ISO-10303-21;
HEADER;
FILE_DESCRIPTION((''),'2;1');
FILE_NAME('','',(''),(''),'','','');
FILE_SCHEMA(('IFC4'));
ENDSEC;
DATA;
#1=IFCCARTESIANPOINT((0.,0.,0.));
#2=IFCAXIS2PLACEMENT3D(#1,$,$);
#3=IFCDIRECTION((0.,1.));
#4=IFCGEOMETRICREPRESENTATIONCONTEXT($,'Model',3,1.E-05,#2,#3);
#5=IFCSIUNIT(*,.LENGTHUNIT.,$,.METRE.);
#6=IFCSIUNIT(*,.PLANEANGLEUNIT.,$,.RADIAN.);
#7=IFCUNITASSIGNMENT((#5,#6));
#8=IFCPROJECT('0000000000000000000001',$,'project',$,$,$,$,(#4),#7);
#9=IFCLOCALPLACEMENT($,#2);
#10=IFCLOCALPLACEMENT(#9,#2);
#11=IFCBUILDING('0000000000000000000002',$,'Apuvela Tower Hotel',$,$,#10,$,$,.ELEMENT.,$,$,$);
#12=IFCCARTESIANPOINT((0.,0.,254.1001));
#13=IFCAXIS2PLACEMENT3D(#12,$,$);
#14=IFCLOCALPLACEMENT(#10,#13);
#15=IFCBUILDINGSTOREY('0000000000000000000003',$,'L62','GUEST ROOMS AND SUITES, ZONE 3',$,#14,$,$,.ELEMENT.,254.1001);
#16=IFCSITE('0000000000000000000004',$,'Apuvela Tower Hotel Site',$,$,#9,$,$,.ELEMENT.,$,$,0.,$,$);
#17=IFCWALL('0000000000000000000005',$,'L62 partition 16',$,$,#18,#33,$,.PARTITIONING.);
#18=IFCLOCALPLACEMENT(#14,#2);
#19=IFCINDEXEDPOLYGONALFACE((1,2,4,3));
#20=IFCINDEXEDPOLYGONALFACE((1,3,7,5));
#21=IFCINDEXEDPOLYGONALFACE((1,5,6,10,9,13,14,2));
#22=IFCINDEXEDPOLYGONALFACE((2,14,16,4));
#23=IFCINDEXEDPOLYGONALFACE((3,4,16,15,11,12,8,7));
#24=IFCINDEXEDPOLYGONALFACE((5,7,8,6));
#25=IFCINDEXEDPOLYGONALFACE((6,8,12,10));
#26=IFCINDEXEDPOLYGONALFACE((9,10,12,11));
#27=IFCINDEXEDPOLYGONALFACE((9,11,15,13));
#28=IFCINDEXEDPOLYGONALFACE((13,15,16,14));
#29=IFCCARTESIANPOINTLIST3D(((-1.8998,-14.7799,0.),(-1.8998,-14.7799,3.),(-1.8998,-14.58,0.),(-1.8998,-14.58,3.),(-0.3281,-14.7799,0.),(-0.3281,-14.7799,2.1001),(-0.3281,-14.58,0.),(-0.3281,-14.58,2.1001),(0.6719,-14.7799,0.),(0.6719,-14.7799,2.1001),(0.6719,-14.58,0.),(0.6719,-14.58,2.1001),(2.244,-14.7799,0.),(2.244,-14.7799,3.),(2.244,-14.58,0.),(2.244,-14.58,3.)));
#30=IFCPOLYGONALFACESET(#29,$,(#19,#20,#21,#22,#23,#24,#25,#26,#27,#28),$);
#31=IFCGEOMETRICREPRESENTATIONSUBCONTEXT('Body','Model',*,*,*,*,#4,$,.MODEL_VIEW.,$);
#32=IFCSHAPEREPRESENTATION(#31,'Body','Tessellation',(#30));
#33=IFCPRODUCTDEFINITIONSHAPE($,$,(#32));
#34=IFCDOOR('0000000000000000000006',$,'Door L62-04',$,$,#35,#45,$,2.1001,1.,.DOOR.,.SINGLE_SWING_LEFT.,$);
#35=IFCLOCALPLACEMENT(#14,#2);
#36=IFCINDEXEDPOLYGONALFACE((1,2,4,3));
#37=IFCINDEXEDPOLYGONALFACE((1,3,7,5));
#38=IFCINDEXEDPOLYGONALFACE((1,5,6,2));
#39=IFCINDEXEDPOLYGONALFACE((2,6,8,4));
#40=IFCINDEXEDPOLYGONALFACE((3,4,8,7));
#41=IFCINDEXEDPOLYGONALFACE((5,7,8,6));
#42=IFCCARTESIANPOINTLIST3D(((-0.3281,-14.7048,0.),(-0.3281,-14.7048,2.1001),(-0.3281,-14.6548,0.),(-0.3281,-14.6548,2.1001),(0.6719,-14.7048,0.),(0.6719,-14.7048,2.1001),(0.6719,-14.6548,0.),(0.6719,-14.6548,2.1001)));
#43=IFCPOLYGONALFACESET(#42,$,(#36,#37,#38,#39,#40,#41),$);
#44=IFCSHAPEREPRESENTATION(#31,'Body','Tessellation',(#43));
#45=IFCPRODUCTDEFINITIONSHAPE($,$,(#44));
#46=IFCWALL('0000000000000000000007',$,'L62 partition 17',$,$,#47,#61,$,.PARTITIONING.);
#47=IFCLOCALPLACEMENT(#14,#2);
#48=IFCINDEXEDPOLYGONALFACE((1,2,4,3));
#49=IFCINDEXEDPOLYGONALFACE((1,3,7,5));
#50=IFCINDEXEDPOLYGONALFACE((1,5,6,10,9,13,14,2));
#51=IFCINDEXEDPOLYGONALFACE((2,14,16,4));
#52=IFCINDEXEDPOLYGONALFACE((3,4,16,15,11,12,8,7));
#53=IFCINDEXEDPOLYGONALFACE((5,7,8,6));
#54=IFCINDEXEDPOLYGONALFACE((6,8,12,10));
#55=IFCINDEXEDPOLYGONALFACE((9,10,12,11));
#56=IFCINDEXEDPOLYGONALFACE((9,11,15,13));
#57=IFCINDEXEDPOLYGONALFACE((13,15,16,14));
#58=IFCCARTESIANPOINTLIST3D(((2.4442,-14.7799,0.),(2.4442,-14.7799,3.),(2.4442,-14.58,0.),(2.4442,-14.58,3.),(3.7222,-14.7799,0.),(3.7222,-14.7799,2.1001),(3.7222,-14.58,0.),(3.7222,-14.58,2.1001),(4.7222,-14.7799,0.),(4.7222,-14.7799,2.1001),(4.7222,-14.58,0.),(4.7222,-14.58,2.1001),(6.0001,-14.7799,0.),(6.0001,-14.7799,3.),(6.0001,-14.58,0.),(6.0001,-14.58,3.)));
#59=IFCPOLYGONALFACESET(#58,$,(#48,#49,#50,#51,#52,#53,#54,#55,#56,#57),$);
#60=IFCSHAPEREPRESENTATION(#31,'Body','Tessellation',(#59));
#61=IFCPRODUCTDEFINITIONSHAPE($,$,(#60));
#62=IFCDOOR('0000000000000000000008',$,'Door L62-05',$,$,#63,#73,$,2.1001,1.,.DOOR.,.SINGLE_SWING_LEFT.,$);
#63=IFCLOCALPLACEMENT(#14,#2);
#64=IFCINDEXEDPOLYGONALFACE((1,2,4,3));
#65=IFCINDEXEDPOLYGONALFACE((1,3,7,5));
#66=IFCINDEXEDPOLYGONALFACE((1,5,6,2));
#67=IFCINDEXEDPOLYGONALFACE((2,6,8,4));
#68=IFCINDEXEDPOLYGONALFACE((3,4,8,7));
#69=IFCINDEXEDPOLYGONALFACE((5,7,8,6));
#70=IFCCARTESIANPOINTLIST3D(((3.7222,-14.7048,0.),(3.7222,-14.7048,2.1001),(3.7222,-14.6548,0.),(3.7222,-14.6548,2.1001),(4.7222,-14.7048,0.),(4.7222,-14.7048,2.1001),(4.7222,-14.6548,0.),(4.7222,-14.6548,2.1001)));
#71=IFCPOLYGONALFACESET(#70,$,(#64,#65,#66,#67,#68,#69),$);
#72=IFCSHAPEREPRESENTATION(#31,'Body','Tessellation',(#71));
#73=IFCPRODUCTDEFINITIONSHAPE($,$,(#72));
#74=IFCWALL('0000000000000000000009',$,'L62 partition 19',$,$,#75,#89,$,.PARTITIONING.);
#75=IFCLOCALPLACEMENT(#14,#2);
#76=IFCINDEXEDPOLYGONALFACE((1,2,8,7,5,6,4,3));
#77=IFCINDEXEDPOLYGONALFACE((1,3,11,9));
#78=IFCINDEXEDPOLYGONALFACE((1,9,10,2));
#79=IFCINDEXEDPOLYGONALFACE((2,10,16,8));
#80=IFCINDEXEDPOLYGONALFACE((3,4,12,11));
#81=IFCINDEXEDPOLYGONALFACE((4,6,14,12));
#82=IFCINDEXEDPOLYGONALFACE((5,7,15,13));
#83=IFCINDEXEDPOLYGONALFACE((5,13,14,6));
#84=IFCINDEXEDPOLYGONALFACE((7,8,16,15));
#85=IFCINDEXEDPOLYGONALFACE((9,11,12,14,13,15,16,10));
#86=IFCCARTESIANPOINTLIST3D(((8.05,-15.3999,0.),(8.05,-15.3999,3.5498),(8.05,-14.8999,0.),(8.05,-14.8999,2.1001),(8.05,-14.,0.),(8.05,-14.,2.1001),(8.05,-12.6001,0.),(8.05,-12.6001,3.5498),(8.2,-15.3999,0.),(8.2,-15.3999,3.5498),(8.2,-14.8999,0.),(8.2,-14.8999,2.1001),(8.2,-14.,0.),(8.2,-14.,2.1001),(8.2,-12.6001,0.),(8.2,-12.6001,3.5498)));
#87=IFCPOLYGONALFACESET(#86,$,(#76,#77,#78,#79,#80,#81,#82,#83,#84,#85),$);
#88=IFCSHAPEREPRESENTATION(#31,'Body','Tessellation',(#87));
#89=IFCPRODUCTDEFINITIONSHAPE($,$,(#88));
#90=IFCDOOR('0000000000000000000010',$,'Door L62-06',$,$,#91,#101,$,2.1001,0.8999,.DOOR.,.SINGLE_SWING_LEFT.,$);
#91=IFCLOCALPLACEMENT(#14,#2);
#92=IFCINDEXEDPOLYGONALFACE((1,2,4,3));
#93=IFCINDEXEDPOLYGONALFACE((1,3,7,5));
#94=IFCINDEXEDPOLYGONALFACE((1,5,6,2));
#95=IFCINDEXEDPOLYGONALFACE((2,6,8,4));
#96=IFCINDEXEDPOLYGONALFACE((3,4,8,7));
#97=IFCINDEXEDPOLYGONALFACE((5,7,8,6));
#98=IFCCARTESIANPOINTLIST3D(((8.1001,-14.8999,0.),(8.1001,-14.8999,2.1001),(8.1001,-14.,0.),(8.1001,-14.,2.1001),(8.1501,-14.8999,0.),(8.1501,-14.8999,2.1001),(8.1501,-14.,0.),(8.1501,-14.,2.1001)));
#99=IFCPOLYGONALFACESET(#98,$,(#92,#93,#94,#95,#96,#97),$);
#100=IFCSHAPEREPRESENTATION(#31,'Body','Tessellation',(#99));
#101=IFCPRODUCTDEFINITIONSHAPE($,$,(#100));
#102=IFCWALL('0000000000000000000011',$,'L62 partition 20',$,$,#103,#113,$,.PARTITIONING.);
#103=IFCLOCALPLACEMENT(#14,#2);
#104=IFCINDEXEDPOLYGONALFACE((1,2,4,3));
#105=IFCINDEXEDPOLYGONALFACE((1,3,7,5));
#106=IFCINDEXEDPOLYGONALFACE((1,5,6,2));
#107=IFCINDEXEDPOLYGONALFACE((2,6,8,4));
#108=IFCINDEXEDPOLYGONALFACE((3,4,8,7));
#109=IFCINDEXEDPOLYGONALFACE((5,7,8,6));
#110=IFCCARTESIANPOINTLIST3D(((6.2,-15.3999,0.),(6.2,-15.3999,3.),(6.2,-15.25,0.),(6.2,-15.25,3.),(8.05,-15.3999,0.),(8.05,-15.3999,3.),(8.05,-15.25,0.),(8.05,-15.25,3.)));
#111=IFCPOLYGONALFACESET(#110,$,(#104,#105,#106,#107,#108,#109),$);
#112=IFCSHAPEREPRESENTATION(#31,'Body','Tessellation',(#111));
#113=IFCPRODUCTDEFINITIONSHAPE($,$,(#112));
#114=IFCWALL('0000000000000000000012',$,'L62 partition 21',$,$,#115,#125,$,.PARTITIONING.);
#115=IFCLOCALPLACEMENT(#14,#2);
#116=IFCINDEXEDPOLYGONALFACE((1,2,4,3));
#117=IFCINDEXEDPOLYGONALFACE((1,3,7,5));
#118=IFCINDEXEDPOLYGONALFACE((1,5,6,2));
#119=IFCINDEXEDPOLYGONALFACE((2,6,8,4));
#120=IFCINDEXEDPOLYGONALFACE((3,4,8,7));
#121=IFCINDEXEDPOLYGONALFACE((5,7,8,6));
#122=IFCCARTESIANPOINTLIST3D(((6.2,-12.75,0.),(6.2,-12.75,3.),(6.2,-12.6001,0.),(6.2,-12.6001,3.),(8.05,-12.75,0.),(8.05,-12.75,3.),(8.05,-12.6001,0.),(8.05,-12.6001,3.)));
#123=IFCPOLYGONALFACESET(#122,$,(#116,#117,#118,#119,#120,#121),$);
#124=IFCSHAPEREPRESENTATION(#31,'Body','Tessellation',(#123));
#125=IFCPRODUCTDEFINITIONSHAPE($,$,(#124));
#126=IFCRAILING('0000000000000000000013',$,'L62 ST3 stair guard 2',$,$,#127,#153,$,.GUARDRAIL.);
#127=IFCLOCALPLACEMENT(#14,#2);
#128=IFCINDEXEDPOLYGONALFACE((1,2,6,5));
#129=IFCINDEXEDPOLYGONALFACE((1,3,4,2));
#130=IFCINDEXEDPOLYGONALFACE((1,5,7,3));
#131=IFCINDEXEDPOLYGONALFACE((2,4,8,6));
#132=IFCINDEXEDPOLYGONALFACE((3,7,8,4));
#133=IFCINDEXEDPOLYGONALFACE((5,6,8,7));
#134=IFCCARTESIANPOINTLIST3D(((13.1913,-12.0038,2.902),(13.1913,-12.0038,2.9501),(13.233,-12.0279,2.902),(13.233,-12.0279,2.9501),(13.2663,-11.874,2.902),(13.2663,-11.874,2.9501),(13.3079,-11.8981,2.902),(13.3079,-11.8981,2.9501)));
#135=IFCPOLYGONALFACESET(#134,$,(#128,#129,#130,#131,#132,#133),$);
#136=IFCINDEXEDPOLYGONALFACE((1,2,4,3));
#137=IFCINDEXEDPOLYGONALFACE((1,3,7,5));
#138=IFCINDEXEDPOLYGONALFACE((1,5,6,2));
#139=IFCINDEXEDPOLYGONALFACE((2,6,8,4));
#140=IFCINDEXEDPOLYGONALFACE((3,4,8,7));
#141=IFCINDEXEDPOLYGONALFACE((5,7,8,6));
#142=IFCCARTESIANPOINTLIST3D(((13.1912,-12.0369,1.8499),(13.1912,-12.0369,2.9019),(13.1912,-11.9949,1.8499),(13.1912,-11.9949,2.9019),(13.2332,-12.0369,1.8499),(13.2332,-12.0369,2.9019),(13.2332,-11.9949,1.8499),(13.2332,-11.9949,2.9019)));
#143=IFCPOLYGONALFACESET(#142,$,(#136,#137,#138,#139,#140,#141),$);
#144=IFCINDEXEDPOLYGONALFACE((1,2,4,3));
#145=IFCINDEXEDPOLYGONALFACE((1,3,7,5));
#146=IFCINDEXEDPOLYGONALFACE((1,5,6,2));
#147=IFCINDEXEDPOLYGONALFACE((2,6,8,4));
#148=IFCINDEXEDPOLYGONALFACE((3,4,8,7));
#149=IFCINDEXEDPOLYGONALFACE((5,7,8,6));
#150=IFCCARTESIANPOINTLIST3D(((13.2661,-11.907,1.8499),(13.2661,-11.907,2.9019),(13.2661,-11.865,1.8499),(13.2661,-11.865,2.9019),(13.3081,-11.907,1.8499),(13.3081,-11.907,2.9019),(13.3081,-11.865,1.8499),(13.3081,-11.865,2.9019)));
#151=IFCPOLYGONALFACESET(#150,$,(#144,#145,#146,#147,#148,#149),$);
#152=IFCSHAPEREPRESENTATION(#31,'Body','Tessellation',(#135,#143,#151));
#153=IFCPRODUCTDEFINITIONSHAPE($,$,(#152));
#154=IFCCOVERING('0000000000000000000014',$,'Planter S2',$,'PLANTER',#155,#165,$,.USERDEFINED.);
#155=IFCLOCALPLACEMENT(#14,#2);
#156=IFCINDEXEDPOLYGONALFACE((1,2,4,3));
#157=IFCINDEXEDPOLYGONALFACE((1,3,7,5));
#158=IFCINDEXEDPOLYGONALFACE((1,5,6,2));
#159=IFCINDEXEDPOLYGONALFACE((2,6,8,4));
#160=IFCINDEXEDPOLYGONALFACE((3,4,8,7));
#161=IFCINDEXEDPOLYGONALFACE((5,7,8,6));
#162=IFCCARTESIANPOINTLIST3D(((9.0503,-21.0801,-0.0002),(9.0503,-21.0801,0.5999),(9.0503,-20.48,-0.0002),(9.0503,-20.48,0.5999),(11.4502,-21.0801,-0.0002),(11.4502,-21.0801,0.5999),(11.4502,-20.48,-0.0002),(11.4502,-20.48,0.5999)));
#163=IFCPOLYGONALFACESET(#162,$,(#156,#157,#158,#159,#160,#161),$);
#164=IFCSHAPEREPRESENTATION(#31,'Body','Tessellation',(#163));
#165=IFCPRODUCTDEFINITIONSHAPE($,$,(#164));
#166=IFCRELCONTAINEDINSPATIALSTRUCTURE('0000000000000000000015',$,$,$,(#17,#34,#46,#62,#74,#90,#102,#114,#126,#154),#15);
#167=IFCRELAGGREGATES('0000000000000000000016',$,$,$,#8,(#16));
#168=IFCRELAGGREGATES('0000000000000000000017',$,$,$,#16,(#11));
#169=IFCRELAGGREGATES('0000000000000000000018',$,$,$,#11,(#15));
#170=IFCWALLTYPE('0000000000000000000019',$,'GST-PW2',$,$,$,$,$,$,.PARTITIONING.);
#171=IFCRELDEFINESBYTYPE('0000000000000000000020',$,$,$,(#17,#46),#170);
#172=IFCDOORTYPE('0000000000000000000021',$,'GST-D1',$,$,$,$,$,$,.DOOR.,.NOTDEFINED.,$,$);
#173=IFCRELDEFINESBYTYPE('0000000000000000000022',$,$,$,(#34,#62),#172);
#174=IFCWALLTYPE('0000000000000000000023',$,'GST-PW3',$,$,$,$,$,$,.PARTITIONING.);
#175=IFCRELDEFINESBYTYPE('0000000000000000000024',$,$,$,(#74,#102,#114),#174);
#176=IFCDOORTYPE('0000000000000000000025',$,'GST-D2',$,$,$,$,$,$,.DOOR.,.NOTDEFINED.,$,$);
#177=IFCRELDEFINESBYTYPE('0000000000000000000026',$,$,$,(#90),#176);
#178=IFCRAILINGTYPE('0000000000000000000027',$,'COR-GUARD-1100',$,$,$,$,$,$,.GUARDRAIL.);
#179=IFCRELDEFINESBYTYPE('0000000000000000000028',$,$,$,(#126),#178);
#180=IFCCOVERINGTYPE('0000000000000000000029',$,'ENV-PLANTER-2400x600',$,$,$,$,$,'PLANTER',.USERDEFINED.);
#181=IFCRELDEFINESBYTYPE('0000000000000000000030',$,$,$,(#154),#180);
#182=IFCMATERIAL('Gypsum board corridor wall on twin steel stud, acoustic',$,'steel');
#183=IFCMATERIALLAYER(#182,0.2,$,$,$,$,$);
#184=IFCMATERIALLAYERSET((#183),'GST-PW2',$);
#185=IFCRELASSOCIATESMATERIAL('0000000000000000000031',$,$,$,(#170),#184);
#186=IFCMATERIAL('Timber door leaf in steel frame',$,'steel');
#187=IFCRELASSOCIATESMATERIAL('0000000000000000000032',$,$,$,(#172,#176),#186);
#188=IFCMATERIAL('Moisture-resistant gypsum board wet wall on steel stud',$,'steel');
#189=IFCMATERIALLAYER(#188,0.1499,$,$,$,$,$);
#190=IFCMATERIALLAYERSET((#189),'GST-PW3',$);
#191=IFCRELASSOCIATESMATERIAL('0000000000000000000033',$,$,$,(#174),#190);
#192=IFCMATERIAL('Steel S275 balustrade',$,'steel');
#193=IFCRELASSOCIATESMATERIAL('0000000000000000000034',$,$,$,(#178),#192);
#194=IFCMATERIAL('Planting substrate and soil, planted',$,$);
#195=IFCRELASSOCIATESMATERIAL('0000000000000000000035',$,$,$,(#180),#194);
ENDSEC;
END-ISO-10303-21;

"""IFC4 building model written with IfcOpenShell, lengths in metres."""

from ifc_helpers import new_model, si_unit, direction, frame, frame_2d, origin, origin_2d, place, context, subcontext, project, spatial, rectangle, extrude, material, layer, layer_set, type_object, element, fill, save


model = new_model("IFC4")

# Units and contexts
model_context = context("Model", 3, precision=1e-05, world=origin(), true_north=direction((0.0, 1.0)))
body_context = subcontext(model_context, "Body", "Model", "MODEL_VIEW")
ifc_project = project(units=[si_unit("LENGTHUNIT", "METRE"), si_unit("PLANEANGLEUNIT", "RADIAN")], contexts=[model_context])

# Site, building, storey
site_placement = place(None, origin())
site = spatial("IfcSite", under=ifc_project, at=site_placement, Name="Apuvela Tower Hotel Site", CompositionType="ELEMENT", RefElevation=0.0)
building_placement = place(site_placement, origin())
building = spatial("IfcBuilding", under=site, at=building_placement, Name="Apuvela Tower Hotel", CompositionType="ELEMENT")
storey_placement = place(building_placement, frame((0.0, 0.0, 254.1001)))
storey = spatial("IfcBuildingStorey", under=building, at=storey_placement, Name="L62", Description="GUEST ROOMS AND SUITES, ZONE 3", CompositionType="ELEMENT", Elevation=254.1001)

# Walls, openings, doors
ifc_material_1 = material(Name="Gypsum board corridor wall on twin steel stud, acoustic", Category="steel")
ifc_layer_1 = layer(ifc_material_1, 0.2)
ifc_layer_set_1 = layer_set([ifc_layer_1], Name="GST-PW2")
wall_type_1 = type_object("IfcWallType", Name="GST-PW2", PredefinedType="PARTITIONING", material=ifc_layer_set_1)
wall_1_placement = place(storey_placement, frame((2.2439, -14.6799, 0.0), z_axis=(0.0, 0.0, 1.0), x_axis=(-1.0, 0.0, 0.0)))
wall_1 = element("IfcWall", 1, at=wall_1_placement, inside=storey, type_object=wall_type_1, Name="L62 partition 16", PredefinedType="PARTITIONING", context=body_context, shape_type="SweptSolid", body=[
    extrude(rectangle(XDim=4.1438, YDim=0.2, at=frame_2d((2.0718, 0.0))), origin(), (0.0, 0.0, 1.0), 3.0),
])
opening_1_placement = place(wall_1_placement, frame((1.572, 0.0, 0.0)))
opening_1 = element("IfcOpeningElement", 2, at=opening_1_placement, cuts=wall_1, PredefinedType="OPENING", context=body_context, shape_type="SweptSolid", body=[
    extrude(rectangle(XDim=1.0, YDim=2.1001, at=frame_2d((0.5, 1.05))), frame((0.0, 0.1099, 0.0), z_axis=(0.0, -1.0, 0.0), x_axis=(1.0, 0.0, 0.0)), (0.0, 0.0, 1.0), 0.22),
])
ifc_material_2 = material(Name="Timber door leaf in steel frame", Category="steel")
door_type_1 = type_object("IfcDoorType", Name="GST-D1", OperationType="NOTDEFINED", PredefinedType="DOOR", material=ifc_material_2)
door_1_placement = place(opening_1_placement, origin())
door_1 = element("IfcDoor", 3, at=door_1_placement, inside=storey, type_object=door_type_1, Name="Door L62-04", OperationType="SINGLE_SWING_LEFT", OverallHeight=2.1001, OverallWidth=1.0, PredefinedType="DOOR", context=body_context, shape_type="SweptSolid", body=[
    extrude(rectangle(XDim=1.0, YDim=2.1001, at=frame_2d((0.5, 1.05))), frame((0.0, 0.0249, 0.0), z_axis=(0.0, -1.0, 0.0), x_axis=(1.0, 0.0, 0.0)), (0.0, 0.0, 1.0), 0.05),
])
fill(opening_1, door_1)
wall_2_placement = place(storey_placement, frame((6.0, -14.6799, 0.0), z_axis=(0.0, 0.0, 1.0), x_axis=(-1.0, 0.0, 0.0)))
wall_2 = element("IfcWall", 4, at=wall_2_placement, inside=storey, type_object=wall_type_1, Name="L62 partition 17", PredefinedType="PARTITIONING", context=body_context, shape_type="SweptSolid", body=[
    extrude(rectangle(XDim=3.5559, YDim=0.2, at=frame_2d((1.7778, 0.0))), origin(), (0.0, 0.0, 1.0), 3.0),
])
opening_2_placement = place(wall_2_placement, frame((1.2778, 0.0, 0.0)))
opening_2 = element("IfcOpeningElement", 5, at=opening_2_placement, cuts=wall_2, PredefinedType="OPENING", context=body_context, shape_type="SweptSolid", body=[
    extrude(rectangle(XDim=1.0, YDim=2.1001, at=frame_2d((0.5, 1.05))), frame((0.0, 0.1099, 0.0), z_axis=(0.0, -1.0, 0.0), x_axis=(1.0, 0.0, 0.0)), (0.0, 0.0, 1.0), 0.22),
])
door_2_placement = place(opening_2_placement, origin())
door_2 = element("IfcDoor", 6, at=door_2_placement, inside=storey, type_object=door_type_1, Name="Door L62-05", OperationType="SINGLE_SWING_LEFT", OverallHeight=2.1001, OverallWidth=1.0, PredefinedType="DOOR", context=body_context, shape_type="SweptSolid", body=[
    extrude(rectangle(XDim=1.0, YDim=2.1001, at=frame_2d((0.5, 1.05))), frame((0.0, 0.0249, 0.0), z_axis=(0.0, -1.0, 0.0), x_axis=(1.0, 0.0, 0.0)), (0.0, 0.0, 1.0), 0.05),
])
fill(opening_2, door_2)
ifc_material_3 = material(Name="Moisture-resistant gypsum board wet wall on steel stud", Category="steel")
ifc_layer_2 = layer(ifc_material_3, 0.1499)
ifc_layer_set_2 = layer_set([ifc_layer_2], Name="GST-PW3")
wall_type_2 = type_object("IfcWallType", Name="GST-PW3", PredefinedType="PARTITIONING", material=ifc_layer_set_2)
wall_3_placement = place(storey_placement, frame((8.125, -15.3999, 0.0), z_axis=(0.0, 0.0, 1.0), x_axis=(0.0, 1.0, 0.0)))
wall_3 = element("IfcWall", 7, at=wall_3_placement, inside=storey, type_object=wall_type_2, Name="L62 partition 19", PredefinedType="PARTITIONING", context=body_context, shape_type="SweptSolid", body=[
    extrude(rectangle(XDim=2.7998, YDim=0.1499, at=frame_2d((1.3999, 0.0))), origin(), (0.0, 0.0, 1.0), 3.5498),
])
opening_3_placement = place(wall_3_placement, frame((0.5, 0.0, 0.0)))
opening_3 = element("IfcOpeningElement", 8, at=opening_3_placement, cuts=wall_3, PredefinedType="OPENING", context=body_context, shape_type="SweptSolid", body=[
    extrude(rectangle(XDim=0.8999, YDim=2.1001, at=frame_2d((0.45, 1.05))), frame((0.0, 0.085, 0.0), z_axis=(0.0, -1.0, 0.0), x_axis=(1.0, 0.0, 0.0)), (0.0, 0.0, 1.0), 0.1699),
])
door_type_2 = type_object("IfcDoorType", Name="GST-D2", OperationType="NOTDEFINED", PredefinedType="DOOR", material=ifc_material_2)
door_3_placement = place(opening_3_placement, origin())
door_3 = element("IfcDoor", 9, at=door_3_placement, inside=storey, type_object=door_type_2, Name="Door L62-06", OperationType="SINGLE_SWING_LEFT", OverallHeight=2.1001, OverallWidth=0.8999, PredefinedType="DOOR", context=body_context, shape_type="SweptSolid", body=[
    extrude(rectangle(XDim=0.8999, YDim=2.1001, at=frame_2d((0.45, 1.05))), frame((0.0, 0.0249, 0.0), z_axis=(0.0, -1.0, 0.0), x_axis=(1.0, 0.0, 0.0)), (0.0, 0.0, 1.0), 0.05),
])
fill(opening_3, door_3)

# Walls
for number, where, z_axis, x_axis, name in (
    (10, (6.2, -15.325, 0.0), (0.0, 0.0, 1.0), (1.0, 0.0, 0.0), "L62 partition 20"),
    (11, (6.2, -12.675, 0.0), (0.0, 0.0, 1.0), (1.0, 0.0, 0.0), "L62 partition 21"),
):
    element("IfcWall", number, at=place(storey_placement, frame(where, z_axis=z_axis, x_axis=x_axis)), inside=storey, type_object=wall_type_2, Name=name, PredefinedType="PARTITIONING", context=body_context, shape_type="SweptSolid", body=[
        extrude(rectangle(XDim=1.8501, YDim=0.1499, at=frame_2d((0.925, 0.0))), origin(), (0.0, 0.0, 1.0), 3.0),
    ])

# Railing
ifc_material_4 = material(Name="Steel S275 balustrade", Category="steel")
railing_type = type_object("IfcRailingType", Name="COR-GUARD-1100", PredefinedType="GUARDRAIL", material=ifc_material_4)
railing_placement = place(storey_placement, frame((13.2122, -12.0159, 1.8499)))
element("IfcRailing", 12, at=railing_placement, inside=storey, type_object=railing_type, Name="L62 ST3 stair guard 2", PredefinedType="GUARDRAIL", context=body_context, shape_type="SweptSolid", body=[
    extrude(rectangle(XDim=0.0481, YDim=0.0481, at=origin_2d()), frame((0.0, 0.0, 1.0762), z_axis=(0.499816, 0.866131, 0.0), x_axis=(-0.866131, 0.499816, 0.0)), (0.0, 0.0, 1.0), 0.1499),
    extrude(rectangle(XDim=0.042, YDim=0.042, at=origin_2d()), origin(), (0.0, 0.0, 1.0), 1.052),
    extrude(rectangle(XDim=0.042, YDim=0.042, at=origin_2d()), frame((0.075, 0.1299, 0.0)), (0.0, 0.0, 1.0), 1.052),
])

# Covering
ifc_material_5 = material(Name="Planting substrate and soil, planted")
covering_type = type_object("IfcCoveringType", Name="ENV-PLANTER-2400x600", ElementType="PLANTER", PredefinedType="USERDEFINED", material=ifc_material_5)
covering_placement = place(storey_placement, frame((10.2502, -20.78, -0.0002), z_axis=(0.0, 0.0, 1.0), x_axis=(1.0, 0.0, 0.0)))
element("IfcCovering", 13, at=covering_placement, inside=storey, type_object=covering_type, Name="Planter S2", ObjectType="PLANTER", PredefinedType="USERDEFINED", context=body_context, shape_type="SweptSolid", body=[
    extrude(rectangle(XDim=2.3999, YDim=0.6001, at=origin_2d()), origin(), (0.0, 0.0, 1.0), 0.6001),
])

save(model, "model.ifc")
